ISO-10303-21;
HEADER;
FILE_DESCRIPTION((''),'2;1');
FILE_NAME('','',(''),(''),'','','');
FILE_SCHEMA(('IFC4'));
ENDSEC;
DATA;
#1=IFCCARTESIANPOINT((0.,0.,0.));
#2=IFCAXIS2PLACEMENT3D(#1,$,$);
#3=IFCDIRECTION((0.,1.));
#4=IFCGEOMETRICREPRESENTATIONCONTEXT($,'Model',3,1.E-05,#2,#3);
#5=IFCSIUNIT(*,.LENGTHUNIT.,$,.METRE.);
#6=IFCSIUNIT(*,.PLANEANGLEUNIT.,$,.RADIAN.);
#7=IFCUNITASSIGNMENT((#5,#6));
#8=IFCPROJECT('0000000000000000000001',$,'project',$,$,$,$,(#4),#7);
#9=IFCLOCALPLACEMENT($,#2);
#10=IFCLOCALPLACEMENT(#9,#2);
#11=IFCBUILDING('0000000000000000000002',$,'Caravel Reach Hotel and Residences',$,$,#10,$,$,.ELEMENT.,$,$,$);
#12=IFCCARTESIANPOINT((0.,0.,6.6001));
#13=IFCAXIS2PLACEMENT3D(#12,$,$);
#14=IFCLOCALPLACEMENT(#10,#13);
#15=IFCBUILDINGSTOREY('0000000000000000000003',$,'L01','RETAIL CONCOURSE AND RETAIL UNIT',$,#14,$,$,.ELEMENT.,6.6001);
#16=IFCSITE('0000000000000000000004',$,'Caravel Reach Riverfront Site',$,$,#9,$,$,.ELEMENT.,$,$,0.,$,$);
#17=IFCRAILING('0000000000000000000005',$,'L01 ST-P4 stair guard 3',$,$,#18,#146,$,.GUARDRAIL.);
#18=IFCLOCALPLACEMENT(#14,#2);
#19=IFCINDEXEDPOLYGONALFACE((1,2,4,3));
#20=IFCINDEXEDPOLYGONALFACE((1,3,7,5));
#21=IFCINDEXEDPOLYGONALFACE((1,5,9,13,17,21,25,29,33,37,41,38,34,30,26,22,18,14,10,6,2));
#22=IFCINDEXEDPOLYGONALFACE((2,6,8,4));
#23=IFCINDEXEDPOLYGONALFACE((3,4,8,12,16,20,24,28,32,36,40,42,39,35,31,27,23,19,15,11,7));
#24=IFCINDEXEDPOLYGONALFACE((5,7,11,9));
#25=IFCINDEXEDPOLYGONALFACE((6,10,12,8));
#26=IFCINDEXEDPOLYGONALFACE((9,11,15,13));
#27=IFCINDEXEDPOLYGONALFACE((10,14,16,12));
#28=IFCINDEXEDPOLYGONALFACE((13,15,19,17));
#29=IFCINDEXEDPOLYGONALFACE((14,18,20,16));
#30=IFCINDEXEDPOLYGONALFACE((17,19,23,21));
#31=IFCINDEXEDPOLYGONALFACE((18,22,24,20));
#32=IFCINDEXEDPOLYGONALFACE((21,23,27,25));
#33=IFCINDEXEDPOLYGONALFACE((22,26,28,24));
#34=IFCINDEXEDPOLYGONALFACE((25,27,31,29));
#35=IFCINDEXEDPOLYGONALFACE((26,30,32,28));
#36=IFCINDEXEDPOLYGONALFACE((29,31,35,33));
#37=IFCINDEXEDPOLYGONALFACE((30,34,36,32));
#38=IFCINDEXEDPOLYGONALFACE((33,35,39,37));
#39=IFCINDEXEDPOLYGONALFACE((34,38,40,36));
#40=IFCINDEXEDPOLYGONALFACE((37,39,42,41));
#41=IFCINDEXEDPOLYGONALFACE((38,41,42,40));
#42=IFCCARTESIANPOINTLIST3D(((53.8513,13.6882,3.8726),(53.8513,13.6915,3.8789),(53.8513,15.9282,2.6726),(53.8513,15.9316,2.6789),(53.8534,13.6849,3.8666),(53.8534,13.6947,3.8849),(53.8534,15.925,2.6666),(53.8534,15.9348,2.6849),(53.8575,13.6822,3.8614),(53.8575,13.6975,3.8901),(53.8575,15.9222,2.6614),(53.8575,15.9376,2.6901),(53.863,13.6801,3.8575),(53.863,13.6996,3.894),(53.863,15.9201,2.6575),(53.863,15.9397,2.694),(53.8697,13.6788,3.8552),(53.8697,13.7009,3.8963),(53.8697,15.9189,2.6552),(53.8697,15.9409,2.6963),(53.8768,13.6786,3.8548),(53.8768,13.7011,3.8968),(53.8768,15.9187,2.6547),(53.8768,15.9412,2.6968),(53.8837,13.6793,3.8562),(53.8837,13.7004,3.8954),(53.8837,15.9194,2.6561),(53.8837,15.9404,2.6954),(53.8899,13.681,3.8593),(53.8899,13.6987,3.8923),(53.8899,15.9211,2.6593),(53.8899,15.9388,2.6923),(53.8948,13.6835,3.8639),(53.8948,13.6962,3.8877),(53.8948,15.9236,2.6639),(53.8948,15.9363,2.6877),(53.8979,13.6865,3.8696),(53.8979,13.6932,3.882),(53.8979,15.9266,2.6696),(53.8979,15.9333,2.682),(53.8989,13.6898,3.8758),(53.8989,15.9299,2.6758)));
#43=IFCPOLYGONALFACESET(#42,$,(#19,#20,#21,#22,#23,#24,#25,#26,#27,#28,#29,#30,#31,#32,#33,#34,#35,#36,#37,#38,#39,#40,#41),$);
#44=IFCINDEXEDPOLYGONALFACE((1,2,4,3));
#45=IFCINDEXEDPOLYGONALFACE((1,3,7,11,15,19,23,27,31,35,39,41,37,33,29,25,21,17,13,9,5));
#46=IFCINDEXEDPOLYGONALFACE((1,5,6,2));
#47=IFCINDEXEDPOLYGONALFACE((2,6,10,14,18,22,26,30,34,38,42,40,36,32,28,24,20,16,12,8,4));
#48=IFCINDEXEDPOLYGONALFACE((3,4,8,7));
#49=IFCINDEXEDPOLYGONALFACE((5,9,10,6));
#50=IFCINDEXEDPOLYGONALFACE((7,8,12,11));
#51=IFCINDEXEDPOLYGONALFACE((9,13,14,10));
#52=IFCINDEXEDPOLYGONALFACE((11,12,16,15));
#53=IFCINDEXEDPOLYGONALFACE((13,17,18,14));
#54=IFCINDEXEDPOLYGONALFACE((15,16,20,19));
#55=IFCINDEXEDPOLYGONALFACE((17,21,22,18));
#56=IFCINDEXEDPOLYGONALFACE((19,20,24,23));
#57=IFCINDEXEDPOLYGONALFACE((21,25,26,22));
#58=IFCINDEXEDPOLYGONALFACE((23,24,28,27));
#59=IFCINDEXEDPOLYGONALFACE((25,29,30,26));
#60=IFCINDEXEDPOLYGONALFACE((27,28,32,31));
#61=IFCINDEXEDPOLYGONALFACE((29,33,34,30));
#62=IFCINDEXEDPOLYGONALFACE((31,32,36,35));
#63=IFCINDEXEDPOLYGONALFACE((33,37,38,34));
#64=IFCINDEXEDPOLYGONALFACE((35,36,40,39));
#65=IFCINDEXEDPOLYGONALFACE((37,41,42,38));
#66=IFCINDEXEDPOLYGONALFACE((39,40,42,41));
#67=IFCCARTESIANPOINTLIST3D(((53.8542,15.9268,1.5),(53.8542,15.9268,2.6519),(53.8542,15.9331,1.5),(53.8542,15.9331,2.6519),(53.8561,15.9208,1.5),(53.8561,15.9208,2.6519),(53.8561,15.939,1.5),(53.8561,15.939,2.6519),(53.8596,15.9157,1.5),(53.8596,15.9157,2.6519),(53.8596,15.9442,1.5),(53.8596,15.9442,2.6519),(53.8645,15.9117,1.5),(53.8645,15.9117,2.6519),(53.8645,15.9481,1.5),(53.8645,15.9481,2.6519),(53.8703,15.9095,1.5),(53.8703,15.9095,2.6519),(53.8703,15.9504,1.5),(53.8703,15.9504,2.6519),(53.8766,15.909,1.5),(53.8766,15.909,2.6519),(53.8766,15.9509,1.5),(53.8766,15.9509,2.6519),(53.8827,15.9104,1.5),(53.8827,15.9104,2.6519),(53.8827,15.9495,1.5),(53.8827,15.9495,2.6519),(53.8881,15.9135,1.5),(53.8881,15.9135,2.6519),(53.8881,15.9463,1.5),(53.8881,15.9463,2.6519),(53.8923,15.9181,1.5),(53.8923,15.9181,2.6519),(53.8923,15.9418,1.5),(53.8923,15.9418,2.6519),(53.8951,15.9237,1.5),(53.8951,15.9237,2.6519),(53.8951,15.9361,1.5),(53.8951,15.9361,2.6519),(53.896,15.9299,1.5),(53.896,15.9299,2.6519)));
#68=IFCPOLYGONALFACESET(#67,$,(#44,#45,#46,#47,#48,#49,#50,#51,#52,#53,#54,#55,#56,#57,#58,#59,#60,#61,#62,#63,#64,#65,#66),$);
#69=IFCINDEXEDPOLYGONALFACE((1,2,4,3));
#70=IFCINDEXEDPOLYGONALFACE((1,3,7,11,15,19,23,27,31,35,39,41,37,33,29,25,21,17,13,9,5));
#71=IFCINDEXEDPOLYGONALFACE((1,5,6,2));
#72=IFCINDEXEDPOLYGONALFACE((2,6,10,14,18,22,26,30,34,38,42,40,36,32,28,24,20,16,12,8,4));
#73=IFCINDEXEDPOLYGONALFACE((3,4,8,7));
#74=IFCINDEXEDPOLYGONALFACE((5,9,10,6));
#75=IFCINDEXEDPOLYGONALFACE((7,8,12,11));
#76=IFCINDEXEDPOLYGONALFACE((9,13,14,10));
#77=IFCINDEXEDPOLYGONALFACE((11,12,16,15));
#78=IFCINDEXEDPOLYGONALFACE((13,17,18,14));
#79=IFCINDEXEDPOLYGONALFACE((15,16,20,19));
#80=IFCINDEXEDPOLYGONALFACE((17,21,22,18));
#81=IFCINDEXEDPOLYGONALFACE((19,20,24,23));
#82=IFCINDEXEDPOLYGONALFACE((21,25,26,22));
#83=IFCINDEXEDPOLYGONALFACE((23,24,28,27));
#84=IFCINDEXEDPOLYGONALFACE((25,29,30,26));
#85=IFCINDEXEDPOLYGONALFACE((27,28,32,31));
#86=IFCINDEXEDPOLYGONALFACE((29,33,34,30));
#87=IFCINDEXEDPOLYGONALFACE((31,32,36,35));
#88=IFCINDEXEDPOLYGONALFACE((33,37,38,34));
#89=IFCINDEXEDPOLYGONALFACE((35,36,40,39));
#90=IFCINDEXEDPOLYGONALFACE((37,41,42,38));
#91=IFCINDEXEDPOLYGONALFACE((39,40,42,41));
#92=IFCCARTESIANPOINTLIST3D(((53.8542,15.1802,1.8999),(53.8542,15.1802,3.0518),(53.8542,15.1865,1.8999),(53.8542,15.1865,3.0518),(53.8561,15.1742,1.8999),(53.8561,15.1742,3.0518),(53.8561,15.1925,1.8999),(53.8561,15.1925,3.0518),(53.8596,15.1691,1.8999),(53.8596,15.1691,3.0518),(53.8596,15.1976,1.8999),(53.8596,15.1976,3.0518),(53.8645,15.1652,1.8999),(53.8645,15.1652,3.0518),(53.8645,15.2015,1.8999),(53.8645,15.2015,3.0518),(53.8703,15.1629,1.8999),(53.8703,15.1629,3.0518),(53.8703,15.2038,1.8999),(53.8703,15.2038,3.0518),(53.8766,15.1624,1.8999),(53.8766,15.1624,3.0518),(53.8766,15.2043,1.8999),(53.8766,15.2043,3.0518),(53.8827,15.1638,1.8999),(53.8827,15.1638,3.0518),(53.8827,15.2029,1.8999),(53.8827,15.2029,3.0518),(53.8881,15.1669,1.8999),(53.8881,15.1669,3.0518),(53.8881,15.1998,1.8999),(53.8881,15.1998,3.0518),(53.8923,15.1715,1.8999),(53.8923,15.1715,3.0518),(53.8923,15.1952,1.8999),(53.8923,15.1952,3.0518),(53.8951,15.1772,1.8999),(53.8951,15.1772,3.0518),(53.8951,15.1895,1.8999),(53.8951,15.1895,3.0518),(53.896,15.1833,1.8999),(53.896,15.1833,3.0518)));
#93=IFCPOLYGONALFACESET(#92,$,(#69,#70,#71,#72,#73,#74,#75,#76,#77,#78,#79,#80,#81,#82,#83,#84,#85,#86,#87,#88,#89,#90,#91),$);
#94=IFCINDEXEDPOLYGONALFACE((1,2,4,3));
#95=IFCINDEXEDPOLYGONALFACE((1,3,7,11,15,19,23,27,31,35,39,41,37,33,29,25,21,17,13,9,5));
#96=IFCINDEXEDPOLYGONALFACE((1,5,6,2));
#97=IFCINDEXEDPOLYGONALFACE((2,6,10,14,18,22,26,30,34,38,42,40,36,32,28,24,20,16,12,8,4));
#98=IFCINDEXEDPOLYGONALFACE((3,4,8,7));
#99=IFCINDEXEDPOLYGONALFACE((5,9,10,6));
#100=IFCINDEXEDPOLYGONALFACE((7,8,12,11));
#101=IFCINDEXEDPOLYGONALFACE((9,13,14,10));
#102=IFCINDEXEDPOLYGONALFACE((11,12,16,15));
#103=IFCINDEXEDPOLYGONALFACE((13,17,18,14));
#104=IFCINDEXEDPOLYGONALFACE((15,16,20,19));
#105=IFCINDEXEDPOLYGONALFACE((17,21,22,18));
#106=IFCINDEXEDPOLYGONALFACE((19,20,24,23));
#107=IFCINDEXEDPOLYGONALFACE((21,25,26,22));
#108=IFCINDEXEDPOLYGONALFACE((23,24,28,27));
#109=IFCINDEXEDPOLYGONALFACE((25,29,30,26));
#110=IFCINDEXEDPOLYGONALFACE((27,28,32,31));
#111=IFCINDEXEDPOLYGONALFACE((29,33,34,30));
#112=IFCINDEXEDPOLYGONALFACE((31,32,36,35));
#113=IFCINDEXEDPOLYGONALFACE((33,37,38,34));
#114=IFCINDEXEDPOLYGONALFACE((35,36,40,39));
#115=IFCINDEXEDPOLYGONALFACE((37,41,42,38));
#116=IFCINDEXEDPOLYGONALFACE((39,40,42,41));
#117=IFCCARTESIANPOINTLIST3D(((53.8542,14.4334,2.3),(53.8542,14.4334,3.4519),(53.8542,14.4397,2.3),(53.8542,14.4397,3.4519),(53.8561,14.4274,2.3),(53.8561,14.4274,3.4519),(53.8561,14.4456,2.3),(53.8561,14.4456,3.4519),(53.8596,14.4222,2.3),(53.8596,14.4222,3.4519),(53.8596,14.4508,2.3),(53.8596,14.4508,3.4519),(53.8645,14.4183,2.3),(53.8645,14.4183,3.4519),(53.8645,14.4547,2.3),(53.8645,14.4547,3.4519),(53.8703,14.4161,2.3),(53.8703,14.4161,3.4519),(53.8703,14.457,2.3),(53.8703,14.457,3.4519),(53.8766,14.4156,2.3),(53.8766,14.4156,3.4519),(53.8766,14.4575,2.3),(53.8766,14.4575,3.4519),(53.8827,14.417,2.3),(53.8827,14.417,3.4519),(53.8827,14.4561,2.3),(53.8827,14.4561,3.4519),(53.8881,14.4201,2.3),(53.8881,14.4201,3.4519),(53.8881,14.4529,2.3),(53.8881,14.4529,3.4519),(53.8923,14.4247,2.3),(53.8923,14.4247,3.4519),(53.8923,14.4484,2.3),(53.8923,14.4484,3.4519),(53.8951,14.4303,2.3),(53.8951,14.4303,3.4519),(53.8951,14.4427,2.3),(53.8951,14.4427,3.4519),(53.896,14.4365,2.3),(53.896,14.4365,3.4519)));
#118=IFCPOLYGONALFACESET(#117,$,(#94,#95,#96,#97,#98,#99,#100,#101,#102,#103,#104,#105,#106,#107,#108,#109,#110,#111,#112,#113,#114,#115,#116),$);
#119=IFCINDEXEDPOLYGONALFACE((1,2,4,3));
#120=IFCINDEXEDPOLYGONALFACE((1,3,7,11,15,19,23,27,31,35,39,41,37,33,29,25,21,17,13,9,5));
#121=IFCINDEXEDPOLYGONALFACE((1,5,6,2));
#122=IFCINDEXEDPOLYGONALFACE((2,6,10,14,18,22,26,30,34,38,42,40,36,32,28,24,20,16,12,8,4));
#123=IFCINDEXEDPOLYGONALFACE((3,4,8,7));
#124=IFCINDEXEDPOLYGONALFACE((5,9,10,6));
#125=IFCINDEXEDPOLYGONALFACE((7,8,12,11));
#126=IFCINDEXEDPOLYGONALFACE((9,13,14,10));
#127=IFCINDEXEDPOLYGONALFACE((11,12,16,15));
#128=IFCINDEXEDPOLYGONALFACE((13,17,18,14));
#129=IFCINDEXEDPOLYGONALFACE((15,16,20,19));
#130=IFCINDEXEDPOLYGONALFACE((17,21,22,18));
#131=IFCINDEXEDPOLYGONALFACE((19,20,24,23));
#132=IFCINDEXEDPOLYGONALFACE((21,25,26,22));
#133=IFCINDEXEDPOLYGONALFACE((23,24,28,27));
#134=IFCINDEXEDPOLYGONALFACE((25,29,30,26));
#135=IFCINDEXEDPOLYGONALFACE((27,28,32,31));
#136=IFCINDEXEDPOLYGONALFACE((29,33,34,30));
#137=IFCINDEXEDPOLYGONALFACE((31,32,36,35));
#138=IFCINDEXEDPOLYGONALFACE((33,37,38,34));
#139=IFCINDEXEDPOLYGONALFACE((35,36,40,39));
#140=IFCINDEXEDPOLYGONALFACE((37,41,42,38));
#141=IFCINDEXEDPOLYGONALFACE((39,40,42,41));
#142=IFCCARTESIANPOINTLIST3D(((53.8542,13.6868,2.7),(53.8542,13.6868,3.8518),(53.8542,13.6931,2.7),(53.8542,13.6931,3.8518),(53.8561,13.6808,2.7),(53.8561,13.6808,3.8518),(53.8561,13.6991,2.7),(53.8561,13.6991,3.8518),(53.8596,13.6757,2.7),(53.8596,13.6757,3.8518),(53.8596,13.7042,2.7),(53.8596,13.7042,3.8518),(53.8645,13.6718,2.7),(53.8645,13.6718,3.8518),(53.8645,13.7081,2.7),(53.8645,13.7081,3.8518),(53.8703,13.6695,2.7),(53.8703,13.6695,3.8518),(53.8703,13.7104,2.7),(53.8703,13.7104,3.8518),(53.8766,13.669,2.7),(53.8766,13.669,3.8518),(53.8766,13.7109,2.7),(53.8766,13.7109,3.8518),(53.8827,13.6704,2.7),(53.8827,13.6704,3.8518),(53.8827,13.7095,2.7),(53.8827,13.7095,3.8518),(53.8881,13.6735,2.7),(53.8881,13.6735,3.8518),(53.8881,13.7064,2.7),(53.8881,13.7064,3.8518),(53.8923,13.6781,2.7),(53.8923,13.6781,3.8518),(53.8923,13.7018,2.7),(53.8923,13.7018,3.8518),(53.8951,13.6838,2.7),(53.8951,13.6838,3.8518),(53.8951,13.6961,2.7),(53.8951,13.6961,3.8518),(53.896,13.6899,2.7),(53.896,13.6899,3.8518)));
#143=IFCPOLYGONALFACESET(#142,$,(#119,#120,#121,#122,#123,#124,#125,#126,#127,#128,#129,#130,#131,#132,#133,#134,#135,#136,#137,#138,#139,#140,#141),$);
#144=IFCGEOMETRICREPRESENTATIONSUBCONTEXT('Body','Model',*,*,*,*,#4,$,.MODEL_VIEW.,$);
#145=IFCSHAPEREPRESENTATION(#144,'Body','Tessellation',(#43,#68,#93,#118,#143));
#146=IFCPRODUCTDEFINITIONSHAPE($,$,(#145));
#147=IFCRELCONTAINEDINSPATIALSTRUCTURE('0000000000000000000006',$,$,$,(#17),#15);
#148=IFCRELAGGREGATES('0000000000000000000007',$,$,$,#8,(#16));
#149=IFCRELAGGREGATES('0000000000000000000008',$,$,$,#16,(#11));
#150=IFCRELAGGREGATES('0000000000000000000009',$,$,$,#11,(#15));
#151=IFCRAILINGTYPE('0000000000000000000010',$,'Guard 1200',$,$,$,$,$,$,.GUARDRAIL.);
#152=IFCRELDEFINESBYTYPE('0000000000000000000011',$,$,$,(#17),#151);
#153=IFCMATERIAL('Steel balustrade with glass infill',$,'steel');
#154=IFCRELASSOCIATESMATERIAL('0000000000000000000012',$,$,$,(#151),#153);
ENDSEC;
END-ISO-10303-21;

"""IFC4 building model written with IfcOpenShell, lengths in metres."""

from ifc_helpers import new_model, si_unit, direction, frame, origin, origin_2d, place, context, subcontext, project, spatial, circle, extrude, material, type_object, element, save


model = new_model("IFC4")

# Units and contexts
model_context = context("Model", 3, precision=1e-05, world=origin(), true_north=direction((0.0, 1.0)))
body_context = subcontext(model_context, "Body", "Model", "MODEL_VIEW")
ifc_project = project(units=[si_unit("LENGTHUNIT", "METRE"), si_unit("PLANEANGLEUNIT", "RADIAN")], contexts=[model_context])

# Site, building, storey
site_placement = place(None, origin())
site = spatial("IfcSite", under=ifc_project, at=site_placement, Name="Caravel Reach Riverfront Site", CompositionType="ELEMENT", RefElevation=0.0)
building_placement = place(site_placement, origin())
building = spatial("IfcBuilding", under=site, at=building_placement, Name="Caravel Reach Hotel and Residences", CompositionType="ELEMENT")
storey_placement = place(building_placement, frame((0.0, 0.0, 6.6001)))
storey = spatial("IfcBuildingStorey", under=building, at=storey_placement, Name="L01", Description="RETAIL CONCOURSE AND RETAIL UNIT", CompositionType="ELEMENT", Elevation=6.6001)

# Railing
ifc_material_1 = material(Name="Steel balustrade with glass infill", Category="steel")
railing_type_1 = type_object("IfcRailingType", Name="Guard 1200", PredefinedType="GUARDRAIL", material=ifc_material_1)
railing_1_placement = place(storey_placement, frame((53.875, 15.9299, 1.5)))
element("IfcRailing", 1, at=railing_1_placement, inside=storey, type_object=railing_type_1, Name="L01 ST-P4 stair guard 3", PredefinedType="GUARDRAIL", context=body_context, shape_type="SweptSolid", body=[
    extrude(circle(Radius=0.0239, at=origin_2d()), frame((0.0, 0.0, 1.1758), z_axis=(0.0, -0.881487, 0.472208), x_axis=(1.0, 0.0, 0.0)), (0.0, 0.0, 1.0), 2.5413),
    extrude(circle(Radius=0.021, at=origin_2d()), origin(), (0.0, 0.0, 1.0), 1.1519),
    extrude(circle(Radius=0.021, at=origin_2d()), frame((0.0, -0.7466, 0.3999)), (0.0, 0.0, 1.0), 1.1519),
    extrude(circle(Radius=0.021, at=origin_2d()), frame((0.0, -1.4934, 0.8)), (0.0, 0.0, 1.0), 1.1519),
    extrude(circle(Radius=0.021, at=origin_2d()), frame((0.0, -2.24, 1.2)), (0.0, 0.0, 1.0), 1.1519),
])

save(model, "model.ifc")
